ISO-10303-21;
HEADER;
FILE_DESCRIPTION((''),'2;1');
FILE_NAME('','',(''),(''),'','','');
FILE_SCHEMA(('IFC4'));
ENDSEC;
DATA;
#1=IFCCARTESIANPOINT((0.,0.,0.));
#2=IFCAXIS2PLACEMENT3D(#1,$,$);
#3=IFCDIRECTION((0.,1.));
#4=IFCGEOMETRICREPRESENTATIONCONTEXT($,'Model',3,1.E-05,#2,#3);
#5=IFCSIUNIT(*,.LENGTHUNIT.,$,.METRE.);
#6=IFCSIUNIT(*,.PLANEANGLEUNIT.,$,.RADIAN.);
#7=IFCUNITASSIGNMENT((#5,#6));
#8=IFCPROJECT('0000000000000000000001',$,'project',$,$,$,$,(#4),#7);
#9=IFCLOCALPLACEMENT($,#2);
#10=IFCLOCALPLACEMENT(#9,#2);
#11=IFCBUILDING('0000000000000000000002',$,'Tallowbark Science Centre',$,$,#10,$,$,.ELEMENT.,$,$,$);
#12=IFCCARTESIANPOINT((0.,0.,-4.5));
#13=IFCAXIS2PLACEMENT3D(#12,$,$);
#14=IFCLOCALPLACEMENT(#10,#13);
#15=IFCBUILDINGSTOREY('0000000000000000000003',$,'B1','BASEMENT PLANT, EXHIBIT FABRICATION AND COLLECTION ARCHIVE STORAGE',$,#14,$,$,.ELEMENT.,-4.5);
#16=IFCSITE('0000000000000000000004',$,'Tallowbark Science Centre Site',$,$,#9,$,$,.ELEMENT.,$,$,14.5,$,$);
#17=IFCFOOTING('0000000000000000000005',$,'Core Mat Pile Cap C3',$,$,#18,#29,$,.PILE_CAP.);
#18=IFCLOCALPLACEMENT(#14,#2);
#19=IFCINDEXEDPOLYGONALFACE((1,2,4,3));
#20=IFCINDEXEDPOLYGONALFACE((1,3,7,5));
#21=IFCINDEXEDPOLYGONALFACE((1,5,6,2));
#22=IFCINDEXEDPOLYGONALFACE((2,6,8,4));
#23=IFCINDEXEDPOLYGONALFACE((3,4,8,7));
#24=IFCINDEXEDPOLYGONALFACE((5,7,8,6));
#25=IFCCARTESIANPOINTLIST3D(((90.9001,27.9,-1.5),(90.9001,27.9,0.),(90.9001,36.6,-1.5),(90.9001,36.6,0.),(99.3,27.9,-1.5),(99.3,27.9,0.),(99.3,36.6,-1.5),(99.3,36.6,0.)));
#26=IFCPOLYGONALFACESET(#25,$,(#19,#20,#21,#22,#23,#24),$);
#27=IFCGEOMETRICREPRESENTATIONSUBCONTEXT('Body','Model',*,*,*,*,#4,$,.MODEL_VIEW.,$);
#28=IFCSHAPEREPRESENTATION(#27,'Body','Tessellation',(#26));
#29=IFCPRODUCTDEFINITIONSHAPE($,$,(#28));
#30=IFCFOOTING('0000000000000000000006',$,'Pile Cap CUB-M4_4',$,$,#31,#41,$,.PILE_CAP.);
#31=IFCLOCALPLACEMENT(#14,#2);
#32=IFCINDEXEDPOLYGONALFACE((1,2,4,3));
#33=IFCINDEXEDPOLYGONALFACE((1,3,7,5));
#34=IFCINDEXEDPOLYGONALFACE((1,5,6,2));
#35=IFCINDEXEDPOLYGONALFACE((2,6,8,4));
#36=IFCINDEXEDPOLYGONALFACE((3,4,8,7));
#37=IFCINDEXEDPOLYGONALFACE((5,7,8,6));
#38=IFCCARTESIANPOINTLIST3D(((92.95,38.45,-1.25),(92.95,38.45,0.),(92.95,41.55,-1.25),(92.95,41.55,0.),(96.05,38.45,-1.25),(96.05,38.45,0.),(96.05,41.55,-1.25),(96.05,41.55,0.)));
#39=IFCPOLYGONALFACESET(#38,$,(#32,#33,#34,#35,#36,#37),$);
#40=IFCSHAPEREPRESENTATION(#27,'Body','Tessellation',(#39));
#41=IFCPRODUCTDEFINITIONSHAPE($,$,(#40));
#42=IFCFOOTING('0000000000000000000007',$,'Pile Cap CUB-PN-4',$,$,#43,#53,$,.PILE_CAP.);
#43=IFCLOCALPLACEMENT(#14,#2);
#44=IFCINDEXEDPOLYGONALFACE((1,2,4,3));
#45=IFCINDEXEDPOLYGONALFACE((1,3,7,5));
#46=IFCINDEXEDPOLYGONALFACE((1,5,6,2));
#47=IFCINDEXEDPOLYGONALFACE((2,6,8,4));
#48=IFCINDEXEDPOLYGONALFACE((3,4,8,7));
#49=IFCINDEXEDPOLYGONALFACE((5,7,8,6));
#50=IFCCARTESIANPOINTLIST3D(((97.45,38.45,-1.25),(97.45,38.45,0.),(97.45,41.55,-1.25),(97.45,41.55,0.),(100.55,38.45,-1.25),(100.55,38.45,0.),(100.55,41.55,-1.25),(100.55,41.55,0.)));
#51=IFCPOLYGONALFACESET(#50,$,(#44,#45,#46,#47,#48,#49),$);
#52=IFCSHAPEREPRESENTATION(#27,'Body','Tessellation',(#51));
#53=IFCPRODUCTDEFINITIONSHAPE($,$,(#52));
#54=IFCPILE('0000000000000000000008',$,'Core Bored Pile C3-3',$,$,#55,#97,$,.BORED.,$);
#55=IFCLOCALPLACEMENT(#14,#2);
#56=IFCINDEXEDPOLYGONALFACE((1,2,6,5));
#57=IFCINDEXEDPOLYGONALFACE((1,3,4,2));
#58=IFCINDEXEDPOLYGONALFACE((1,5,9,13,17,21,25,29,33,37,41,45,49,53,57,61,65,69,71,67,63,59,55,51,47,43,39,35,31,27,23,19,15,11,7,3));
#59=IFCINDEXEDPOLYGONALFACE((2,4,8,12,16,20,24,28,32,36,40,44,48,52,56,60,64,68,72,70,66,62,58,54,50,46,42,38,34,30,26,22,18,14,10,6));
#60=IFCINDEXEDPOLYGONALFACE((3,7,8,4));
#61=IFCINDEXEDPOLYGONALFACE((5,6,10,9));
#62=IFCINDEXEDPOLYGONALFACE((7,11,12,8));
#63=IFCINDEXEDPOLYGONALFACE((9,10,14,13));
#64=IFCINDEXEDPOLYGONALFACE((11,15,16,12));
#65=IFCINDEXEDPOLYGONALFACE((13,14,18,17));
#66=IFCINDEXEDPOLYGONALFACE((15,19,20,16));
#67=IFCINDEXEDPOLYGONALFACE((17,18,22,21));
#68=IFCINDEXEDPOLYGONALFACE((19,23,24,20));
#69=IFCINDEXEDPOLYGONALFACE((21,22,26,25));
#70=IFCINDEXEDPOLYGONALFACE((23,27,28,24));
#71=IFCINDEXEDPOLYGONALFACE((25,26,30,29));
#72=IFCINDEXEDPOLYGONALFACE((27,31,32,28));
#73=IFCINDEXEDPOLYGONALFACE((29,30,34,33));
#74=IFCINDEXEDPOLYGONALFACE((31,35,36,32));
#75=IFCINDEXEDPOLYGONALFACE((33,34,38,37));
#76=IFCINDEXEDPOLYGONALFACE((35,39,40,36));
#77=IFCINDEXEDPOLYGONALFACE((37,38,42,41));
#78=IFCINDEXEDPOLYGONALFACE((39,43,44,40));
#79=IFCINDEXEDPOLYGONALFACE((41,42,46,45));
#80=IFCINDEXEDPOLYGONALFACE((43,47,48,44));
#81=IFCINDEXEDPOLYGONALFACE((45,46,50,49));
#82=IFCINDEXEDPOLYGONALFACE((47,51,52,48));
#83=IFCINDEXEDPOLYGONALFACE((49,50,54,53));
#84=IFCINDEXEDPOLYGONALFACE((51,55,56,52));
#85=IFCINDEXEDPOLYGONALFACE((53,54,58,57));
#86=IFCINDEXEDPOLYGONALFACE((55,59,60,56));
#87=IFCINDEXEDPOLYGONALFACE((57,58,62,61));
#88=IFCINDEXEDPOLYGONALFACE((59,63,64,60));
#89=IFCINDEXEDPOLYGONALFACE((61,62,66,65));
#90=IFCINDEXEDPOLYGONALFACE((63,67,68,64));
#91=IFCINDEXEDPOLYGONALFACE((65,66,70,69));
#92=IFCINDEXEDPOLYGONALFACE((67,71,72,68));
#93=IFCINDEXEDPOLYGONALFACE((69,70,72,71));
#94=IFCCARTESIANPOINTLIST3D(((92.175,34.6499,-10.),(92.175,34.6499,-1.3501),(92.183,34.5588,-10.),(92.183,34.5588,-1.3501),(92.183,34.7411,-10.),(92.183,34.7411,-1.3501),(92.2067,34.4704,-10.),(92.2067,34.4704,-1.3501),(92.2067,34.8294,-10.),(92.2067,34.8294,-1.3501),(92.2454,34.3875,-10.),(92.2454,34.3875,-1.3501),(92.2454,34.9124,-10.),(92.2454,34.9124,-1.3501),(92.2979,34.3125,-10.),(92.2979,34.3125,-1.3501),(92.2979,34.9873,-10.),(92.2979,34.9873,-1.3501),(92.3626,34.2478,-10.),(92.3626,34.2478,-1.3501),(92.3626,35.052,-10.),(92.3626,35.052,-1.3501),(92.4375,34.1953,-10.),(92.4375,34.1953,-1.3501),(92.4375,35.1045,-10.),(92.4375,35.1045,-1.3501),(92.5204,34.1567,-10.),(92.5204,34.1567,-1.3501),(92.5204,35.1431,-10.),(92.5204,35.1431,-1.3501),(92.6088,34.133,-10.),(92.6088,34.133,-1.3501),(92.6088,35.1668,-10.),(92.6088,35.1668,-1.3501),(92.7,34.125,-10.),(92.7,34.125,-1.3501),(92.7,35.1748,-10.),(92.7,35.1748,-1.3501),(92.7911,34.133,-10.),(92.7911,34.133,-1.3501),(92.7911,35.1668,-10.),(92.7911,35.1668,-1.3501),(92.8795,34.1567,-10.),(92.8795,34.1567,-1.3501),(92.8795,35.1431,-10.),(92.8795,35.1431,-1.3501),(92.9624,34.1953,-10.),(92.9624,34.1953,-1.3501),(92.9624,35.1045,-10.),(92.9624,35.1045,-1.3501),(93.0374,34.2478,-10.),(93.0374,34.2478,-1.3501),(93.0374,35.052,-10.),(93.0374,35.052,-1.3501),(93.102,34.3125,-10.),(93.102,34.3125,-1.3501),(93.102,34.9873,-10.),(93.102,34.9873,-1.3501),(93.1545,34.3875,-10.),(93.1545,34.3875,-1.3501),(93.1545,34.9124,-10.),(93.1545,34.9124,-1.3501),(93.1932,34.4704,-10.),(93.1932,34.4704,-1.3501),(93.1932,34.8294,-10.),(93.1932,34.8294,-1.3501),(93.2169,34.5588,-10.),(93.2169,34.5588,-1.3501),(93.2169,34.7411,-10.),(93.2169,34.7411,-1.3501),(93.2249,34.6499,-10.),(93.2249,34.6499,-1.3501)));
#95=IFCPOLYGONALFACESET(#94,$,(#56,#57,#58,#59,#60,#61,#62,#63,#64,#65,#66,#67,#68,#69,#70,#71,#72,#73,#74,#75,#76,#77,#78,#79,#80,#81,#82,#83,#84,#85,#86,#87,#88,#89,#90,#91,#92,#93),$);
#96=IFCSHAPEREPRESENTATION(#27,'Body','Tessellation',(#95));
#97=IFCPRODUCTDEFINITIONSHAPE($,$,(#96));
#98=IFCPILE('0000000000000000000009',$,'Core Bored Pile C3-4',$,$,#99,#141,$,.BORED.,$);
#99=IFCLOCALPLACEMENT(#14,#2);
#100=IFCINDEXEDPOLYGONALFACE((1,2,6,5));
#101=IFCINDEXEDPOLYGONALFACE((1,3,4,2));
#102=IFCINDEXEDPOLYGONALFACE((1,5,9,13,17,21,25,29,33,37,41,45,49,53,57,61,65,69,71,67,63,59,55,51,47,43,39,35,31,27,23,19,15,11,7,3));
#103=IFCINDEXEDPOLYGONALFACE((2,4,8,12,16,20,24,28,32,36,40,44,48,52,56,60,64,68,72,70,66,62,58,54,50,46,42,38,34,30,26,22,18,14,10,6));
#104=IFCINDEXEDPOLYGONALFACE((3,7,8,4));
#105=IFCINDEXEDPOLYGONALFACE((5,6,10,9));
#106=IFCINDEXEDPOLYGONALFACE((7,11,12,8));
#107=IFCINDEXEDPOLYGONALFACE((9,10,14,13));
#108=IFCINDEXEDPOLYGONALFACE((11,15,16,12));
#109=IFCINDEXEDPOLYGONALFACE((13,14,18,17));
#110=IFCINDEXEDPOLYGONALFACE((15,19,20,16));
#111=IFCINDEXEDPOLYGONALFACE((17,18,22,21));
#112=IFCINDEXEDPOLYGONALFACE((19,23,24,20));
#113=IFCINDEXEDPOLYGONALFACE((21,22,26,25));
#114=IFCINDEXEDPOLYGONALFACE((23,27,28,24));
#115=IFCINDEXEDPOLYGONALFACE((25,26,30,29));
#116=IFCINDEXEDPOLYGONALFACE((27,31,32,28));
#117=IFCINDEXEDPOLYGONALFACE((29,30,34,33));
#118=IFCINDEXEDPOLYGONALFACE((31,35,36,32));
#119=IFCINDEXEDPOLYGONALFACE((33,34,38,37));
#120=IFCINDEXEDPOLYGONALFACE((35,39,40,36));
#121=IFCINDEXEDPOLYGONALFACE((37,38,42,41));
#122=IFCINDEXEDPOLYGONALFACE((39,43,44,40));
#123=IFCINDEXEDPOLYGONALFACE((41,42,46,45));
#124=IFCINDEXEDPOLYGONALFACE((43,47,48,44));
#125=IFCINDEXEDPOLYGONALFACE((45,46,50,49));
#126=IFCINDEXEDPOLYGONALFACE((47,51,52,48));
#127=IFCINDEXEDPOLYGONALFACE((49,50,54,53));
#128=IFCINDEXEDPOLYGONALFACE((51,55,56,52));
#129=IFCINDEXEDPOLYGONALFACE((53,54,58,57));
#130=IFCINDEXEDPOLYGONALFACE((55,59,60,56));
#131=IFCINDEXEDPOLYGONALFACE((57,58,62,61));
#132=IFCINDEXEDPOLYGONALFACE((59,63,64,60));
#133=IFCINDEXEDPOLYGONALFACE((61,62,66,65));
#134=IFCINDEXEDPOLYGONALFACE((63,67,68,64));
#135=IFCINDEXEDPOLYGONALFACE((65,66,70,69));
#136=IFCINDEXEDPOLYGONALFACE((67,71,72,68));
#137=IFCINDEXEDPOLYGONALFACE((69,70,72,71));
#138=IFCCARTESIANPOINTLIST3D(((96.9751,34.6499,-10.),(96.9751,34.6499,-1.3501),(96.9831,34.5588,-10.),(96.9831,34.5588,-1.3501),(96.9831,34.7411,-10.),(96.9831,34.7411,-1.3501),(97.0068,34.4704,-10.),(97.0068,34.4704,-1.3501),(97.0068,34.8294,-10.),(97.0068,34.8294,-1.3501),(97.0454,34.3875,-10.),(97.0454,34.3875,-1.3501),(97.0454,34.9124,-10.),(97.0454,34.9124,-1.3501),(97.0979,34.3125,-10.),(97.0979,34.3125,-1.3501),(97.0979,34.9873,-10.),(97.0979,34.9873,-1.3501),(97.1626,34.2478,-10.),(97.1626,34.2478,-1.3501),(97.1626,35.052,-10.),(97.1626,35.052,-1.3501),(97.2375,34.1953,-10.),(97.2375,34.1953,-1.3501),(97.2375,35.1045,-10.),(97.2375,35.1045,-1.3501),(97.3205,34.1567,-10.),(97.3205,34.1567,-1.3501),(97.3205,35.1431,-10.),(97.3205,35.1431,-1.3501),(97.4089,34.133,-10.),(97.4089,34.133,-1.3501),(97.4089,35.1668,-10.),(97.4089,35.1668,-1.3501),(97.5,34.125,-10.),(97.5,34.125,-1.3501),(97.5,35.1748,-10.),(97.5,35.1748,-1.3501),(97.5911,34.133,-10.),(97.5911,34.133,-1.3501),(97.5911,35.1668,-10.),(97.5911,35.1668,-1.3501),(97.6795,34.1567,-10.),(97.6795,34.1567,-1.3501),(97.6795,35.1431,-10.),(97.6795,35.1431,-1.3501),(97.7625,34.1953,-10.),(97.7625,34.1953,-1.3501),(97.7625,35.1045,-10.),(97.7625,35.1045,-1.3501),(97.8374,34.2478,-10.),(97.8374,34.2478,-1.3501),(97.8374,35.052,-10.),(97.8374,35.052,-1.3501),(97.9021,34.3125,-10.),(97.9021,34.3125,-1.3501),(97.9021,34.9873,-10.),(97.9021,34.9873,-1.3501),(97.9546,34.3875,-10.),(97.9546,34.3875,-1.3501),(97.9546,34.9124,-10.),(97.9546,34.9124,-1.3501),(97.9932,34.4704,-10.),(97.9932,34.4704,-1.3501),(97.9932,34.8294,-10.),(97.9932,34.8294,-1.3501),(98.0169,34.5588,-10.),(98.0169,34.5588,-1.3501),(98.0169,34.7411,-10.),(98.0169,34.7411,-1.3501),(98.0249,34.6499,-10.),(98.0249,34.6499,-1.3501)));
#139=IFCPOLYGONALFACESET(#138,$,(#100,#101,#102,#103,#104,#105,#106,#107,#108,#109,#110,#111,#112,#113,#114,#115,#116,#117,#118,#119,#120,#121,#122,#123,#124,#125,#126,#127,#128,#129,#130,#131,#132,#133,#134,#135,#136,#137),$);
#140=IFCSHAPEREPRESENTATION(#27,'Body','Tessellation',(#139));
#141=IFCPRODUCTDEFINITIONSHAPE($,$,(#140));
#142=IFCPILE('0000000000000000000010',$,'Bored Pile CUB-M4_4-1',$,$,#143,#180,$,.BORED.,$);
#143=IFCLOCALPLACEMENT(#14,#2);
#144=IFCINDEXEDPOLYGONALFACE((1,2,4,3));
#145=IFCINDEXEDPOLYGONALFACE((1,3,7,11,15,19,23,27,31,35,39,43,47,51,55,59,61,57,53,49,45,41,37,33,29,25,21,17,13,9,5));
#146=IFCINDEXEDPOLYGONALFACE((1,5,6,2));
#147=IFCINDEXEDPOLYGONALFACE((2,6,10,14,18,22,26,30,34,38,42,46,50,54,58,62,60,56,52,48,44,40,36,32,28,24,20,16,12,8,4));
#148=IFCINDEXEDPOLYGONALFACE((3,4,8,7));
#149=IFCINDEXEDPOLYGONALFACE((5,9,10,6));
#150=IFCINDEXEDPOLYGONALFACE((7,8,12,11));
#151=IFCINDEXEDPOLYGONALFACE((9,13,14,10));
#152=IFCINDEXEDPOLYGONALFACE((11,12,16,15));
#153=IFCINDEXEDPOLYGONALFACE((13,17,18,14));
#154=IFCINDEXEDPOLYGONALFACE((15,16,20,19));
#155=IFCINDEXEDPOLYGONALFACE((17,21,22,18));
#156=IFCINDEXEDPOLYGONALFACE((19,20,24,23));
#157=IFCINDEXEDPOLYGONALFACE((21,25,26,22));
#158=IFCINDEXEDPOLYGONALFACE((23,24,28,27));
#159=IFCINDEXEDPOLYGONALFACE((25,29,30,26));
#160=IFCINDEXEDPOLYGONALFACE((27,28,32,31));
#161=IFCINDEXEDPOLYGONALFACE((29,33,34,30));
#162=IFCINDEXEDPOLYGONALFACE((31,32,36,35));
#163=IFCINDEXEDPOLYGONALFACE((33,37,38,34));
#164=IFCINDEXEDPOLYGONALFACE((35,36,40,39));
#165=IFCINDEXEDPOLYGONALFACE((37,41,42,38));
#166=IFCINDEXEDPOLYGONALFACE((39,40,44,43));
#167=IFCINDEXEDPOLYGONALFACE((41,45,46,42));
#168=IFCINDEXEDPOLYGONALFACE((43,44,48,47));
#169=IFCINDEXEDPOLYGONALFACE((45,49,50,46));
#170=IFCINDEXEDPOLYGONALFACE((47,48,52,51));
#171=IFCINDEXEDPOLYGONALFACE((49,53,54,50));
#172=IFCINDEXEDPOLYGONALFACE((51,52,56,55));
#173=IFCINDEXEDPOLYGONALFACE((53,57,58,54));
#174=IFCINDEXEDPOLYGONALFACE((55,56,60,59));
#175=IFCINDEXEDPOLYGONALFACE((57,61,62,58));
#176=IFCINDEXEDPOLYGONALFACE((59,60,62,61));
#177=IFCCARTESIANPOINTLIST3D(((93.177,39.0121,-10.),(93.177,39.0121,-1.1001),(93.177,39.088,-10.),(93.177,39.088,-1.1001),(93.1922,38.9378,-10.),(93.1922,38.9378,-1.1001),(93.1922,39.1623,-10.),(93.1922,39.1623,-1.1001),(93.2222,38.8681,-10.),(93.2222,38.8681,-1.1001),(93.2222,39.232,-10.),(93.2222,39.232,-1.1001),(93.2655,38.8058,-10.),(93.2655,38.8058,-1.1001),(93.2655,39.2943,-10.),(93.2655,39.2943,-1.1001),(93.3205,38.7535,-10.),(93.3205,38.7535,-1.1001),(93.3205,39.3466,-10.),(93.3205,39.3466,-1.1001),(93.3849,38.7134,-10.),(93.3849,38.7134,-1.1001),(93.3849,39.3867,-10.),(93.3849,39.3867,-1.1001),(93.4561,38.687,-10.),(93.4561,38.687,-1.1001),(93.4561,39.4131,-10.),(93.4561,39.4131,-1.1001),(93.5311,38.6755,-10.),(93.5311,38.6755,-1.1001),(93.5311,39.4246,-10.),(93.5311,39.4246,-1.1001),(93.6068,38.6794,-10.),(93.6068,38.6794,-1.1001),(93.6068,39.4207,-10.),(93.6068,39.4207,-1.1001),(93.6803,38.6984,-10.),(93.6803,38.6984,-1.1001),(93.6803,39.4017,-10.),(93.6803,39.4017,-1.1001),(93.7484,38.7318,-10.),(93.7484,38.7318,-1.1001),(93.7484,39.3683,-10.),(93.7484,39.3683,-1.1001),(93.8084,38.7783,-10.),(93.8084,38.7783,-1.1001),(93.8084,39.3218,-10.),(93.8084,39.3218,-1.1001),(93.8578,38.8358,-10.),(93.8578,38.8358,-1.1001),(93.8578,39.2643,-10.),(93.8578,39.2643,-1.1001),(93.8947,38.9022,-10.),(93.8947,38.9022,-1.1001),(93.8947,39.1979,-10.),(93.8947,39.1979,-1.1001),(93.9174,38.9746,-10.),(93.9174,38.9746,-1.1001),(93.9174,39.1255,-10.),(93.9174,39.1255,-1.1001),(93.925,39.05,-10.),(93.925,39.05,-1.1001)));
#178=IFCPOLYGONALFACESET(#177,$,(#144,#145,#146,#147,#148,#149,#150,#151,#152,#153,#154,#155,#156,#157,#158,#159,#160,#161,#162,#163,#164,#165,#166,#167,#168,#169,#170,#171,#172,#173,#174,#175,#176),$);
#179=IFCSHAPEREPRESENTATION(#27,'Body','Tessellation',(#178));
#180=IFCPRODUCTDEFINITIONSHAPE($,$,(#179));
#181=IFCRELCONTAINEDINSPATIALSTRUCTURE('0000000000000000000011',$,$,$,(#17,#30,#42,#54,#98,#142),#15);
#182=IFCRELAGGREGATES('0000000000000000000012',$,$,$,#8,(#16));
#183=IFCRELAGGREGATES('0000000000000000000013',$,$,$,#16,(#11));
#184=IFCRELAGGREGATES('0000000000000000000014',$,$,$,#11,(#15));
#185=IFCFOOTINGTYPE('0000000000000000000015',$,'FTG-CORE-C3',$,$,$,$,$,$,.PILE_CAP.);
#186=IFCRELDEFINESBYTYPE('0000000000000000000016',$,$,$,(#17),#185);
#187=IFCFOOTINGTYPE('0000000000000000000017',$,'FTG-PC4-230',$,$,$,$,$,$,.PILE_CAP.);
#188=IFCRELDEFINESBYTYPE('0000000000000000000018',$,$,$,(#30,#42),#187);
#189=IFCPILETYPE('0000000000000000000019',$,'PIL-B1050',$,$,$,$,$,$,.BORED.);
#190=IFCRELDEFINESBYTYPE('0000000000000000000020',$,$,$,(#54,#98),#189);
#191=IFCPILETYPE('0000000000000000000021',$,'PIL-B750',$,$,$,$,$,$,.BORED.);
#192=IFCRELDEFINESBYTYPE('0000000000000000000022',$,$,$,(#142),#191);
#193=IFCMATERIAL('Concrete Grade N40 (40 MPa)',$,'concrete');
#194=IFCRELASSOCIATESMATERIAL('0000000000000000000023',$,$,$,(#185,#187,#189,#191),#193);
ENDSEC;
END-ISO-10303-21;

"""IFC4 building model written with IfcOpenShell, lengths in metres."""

from ifc_helpers import new_model, si_unit, direction, frame, origin, origin_2d, place, context, subcontext, project, spatial, rectangle, circle, extrude, material, material_profile, profile_set, type_object, element, save


model = new_model("IFC4")

# Units and contexts
model_context = context("Model", 3, precision=1e-05, world=origin(), true_north=direction((0.0, 1.0)))
body_context = subcontext(model_context, "Body", "Model", "MODEL_VIEW")
ifc_project = project(units=[si_unit("LENGTHUNIT", "METRE"), si_unit("PLANEANGLEUNIT", "RADIAN")], contexts=[model_context])

# Site, building, storey
site_placement = place(None, origin())
site = spatial("IfcSite", under=ifc_project, at=site_placement, Name="Tallowbark Science Centre Site", CompositionType="ELEMENT", RefElevation=14.5)
building_placement = place(site_placement, origin())
building = spatial("IfcBuilding", under=site, at=building_placement, Name="Tallowbark Science Centre", CompositionType="ELEMENT")
storey_placement = place(building_placement, frame((0.0, 0.0, -4.5)))
storey = spatial("IfcBuildingStorey", under=building, at=storey_placement, Name="B1", Description="BASEMENT PLANT, EXHIBIT FABRICATION AND COLLECTION ARCHIVE STORAGE", CompositionType="ELEMENT", Elevation=-4.5)

# Footings
ifc_material_1 = material(Name="Concrete Grade N40 (40 MPa)", Category="concrete")
footing_type_1 = type_object("IfcFootingType", Name="FTG-CORE-C3", PredefinedType="PILE_CAP", material=ifc_material_1)
footing_placement = place(storey_placement, frame((95.1001, 32.25, -1.5), z_axis=(0.0, 0.0, 1.0), x_axis=(1.0, 0.0, 0.0)))
element("IfcFooting", 1, at=footing_placement, inside=storey, type_object=footing_type_1, Name="Core Mat Pile Cap C3", PredefinedType="PILE_CAP", context=body_context, shape_type="SweptSolid", body=[
    extrude(rectangle(XDim=8.3999, YDim=8.7, at=origin_2d()), origin(), (0.0, 0.0, 1.0), 1.5),
])
footing_type_2 = type_object("IfcFootingType", Name="FTG-PC4-230", PredefinedType="PILE_CAP", material=ifc_material_1)
for number, where, z_axis, x_axis, name in (
    (2, (94.5, 40.0, -1.25), (0.0, 0.0, 1.0), (1.0, 0.0, 0.0), "Pile Cap CUB-M4_4"),
    (3, (99.0, 40.0, -1.25), (0.0, 0.0, 1.0), (1.0, 0.0, 0.0), "Pile Cap CUB-PN-4"),
):
    element("IfcFooting", number, at=place(storey_placement, frame(where, z_axis=z_axis, x_axis=x_axis)), inside=storey, type_object=footing_type_2, Name=name, PredefinedType="PILE_CAP", context=body_context, shape_type="SweptSolid", body=[
        extrude(rectangle(XDim=3.1001, YDim=3.1001, at=origin_2d()), origin(), (0.0, 0.0, 1.0), 1.25),
    ])

# Piles
ifc_material_profile_1 = material_profile(ifc_material_1, circle(Radius=0.5249, at=origin_2d()), Name="PILE1050")
ifc_profile_set_1 = profile_set([ifc_material_profile_1], Name="Concrete Grade N40 (40 MPa)")
pile_type_1 = type_object("IfcPileType", Name="PIL-B1050", PredefinedType="BORED", material=ifc_profile_set_1)
for number, where, z_axis, x_axis, name in (
    (4, (92.7, 34.6499, -1.3501), (0.0, 0.0, -1.0), (1.0, 0.0, 0.0), "Core Bored Pile C3-3"),
    (5, (97.5, 34.6499, -1.3501), (0.0, 0.0, -1.0), (1.0, 0.0, 0.0), "Core Bored Pile C3-4"),
):
    element("IfcPile", number, at=place(storey_placement, frame(where, z_axis=z_axis, x_axis=x_axis)), inside=storey, type_object=pile_type_1, Name=name, PredefinedType="BORED", context=body_context, shape_type="SweptSolid", body=[
        extrude(circle(Radius=0.5249, at=origin_2d()), origin(), (0.0, 0.0, 1.0), 8.6499),
    ])
ifc_material_profile_2 = material_profile(ifc_material_1, circle(Radius=0.375, at=origin_2d()), Name="PILE750")
ifc_profile_set_2 = profile_set([ifc_material_profile_2], Name="Concrete Grade N40 (40 MPa)")
pile_type_2 = type_object("IfcPileType", Name="PIL-B750", PredefinedType="BORED", material=ifc_profile_set_2)
for number, where, z_axis, x_axis, name in (
    (6, (93.55, 39.05, -1.1001), (0.0, 0.0, -1.0), (1.0, 0.0, 0.0), "Bored Pile CUB-M4_4-1"),
):
    element("IfcPile", number, at=place(storey_placement, frame(where, z_axis=z_axis, x_axis=x_axis)), inside=storey, type_object=pile_type_2, Name=name, PredefinedType="BORED", context=body_context, shape_type="SweptSolid", body=[
        extrude(circle(Radius=0.375, at=origin_2d()), origin(), (0.0, 0.0, 1.0), 8.8999),
    ])

save(model, "model.ifc")
